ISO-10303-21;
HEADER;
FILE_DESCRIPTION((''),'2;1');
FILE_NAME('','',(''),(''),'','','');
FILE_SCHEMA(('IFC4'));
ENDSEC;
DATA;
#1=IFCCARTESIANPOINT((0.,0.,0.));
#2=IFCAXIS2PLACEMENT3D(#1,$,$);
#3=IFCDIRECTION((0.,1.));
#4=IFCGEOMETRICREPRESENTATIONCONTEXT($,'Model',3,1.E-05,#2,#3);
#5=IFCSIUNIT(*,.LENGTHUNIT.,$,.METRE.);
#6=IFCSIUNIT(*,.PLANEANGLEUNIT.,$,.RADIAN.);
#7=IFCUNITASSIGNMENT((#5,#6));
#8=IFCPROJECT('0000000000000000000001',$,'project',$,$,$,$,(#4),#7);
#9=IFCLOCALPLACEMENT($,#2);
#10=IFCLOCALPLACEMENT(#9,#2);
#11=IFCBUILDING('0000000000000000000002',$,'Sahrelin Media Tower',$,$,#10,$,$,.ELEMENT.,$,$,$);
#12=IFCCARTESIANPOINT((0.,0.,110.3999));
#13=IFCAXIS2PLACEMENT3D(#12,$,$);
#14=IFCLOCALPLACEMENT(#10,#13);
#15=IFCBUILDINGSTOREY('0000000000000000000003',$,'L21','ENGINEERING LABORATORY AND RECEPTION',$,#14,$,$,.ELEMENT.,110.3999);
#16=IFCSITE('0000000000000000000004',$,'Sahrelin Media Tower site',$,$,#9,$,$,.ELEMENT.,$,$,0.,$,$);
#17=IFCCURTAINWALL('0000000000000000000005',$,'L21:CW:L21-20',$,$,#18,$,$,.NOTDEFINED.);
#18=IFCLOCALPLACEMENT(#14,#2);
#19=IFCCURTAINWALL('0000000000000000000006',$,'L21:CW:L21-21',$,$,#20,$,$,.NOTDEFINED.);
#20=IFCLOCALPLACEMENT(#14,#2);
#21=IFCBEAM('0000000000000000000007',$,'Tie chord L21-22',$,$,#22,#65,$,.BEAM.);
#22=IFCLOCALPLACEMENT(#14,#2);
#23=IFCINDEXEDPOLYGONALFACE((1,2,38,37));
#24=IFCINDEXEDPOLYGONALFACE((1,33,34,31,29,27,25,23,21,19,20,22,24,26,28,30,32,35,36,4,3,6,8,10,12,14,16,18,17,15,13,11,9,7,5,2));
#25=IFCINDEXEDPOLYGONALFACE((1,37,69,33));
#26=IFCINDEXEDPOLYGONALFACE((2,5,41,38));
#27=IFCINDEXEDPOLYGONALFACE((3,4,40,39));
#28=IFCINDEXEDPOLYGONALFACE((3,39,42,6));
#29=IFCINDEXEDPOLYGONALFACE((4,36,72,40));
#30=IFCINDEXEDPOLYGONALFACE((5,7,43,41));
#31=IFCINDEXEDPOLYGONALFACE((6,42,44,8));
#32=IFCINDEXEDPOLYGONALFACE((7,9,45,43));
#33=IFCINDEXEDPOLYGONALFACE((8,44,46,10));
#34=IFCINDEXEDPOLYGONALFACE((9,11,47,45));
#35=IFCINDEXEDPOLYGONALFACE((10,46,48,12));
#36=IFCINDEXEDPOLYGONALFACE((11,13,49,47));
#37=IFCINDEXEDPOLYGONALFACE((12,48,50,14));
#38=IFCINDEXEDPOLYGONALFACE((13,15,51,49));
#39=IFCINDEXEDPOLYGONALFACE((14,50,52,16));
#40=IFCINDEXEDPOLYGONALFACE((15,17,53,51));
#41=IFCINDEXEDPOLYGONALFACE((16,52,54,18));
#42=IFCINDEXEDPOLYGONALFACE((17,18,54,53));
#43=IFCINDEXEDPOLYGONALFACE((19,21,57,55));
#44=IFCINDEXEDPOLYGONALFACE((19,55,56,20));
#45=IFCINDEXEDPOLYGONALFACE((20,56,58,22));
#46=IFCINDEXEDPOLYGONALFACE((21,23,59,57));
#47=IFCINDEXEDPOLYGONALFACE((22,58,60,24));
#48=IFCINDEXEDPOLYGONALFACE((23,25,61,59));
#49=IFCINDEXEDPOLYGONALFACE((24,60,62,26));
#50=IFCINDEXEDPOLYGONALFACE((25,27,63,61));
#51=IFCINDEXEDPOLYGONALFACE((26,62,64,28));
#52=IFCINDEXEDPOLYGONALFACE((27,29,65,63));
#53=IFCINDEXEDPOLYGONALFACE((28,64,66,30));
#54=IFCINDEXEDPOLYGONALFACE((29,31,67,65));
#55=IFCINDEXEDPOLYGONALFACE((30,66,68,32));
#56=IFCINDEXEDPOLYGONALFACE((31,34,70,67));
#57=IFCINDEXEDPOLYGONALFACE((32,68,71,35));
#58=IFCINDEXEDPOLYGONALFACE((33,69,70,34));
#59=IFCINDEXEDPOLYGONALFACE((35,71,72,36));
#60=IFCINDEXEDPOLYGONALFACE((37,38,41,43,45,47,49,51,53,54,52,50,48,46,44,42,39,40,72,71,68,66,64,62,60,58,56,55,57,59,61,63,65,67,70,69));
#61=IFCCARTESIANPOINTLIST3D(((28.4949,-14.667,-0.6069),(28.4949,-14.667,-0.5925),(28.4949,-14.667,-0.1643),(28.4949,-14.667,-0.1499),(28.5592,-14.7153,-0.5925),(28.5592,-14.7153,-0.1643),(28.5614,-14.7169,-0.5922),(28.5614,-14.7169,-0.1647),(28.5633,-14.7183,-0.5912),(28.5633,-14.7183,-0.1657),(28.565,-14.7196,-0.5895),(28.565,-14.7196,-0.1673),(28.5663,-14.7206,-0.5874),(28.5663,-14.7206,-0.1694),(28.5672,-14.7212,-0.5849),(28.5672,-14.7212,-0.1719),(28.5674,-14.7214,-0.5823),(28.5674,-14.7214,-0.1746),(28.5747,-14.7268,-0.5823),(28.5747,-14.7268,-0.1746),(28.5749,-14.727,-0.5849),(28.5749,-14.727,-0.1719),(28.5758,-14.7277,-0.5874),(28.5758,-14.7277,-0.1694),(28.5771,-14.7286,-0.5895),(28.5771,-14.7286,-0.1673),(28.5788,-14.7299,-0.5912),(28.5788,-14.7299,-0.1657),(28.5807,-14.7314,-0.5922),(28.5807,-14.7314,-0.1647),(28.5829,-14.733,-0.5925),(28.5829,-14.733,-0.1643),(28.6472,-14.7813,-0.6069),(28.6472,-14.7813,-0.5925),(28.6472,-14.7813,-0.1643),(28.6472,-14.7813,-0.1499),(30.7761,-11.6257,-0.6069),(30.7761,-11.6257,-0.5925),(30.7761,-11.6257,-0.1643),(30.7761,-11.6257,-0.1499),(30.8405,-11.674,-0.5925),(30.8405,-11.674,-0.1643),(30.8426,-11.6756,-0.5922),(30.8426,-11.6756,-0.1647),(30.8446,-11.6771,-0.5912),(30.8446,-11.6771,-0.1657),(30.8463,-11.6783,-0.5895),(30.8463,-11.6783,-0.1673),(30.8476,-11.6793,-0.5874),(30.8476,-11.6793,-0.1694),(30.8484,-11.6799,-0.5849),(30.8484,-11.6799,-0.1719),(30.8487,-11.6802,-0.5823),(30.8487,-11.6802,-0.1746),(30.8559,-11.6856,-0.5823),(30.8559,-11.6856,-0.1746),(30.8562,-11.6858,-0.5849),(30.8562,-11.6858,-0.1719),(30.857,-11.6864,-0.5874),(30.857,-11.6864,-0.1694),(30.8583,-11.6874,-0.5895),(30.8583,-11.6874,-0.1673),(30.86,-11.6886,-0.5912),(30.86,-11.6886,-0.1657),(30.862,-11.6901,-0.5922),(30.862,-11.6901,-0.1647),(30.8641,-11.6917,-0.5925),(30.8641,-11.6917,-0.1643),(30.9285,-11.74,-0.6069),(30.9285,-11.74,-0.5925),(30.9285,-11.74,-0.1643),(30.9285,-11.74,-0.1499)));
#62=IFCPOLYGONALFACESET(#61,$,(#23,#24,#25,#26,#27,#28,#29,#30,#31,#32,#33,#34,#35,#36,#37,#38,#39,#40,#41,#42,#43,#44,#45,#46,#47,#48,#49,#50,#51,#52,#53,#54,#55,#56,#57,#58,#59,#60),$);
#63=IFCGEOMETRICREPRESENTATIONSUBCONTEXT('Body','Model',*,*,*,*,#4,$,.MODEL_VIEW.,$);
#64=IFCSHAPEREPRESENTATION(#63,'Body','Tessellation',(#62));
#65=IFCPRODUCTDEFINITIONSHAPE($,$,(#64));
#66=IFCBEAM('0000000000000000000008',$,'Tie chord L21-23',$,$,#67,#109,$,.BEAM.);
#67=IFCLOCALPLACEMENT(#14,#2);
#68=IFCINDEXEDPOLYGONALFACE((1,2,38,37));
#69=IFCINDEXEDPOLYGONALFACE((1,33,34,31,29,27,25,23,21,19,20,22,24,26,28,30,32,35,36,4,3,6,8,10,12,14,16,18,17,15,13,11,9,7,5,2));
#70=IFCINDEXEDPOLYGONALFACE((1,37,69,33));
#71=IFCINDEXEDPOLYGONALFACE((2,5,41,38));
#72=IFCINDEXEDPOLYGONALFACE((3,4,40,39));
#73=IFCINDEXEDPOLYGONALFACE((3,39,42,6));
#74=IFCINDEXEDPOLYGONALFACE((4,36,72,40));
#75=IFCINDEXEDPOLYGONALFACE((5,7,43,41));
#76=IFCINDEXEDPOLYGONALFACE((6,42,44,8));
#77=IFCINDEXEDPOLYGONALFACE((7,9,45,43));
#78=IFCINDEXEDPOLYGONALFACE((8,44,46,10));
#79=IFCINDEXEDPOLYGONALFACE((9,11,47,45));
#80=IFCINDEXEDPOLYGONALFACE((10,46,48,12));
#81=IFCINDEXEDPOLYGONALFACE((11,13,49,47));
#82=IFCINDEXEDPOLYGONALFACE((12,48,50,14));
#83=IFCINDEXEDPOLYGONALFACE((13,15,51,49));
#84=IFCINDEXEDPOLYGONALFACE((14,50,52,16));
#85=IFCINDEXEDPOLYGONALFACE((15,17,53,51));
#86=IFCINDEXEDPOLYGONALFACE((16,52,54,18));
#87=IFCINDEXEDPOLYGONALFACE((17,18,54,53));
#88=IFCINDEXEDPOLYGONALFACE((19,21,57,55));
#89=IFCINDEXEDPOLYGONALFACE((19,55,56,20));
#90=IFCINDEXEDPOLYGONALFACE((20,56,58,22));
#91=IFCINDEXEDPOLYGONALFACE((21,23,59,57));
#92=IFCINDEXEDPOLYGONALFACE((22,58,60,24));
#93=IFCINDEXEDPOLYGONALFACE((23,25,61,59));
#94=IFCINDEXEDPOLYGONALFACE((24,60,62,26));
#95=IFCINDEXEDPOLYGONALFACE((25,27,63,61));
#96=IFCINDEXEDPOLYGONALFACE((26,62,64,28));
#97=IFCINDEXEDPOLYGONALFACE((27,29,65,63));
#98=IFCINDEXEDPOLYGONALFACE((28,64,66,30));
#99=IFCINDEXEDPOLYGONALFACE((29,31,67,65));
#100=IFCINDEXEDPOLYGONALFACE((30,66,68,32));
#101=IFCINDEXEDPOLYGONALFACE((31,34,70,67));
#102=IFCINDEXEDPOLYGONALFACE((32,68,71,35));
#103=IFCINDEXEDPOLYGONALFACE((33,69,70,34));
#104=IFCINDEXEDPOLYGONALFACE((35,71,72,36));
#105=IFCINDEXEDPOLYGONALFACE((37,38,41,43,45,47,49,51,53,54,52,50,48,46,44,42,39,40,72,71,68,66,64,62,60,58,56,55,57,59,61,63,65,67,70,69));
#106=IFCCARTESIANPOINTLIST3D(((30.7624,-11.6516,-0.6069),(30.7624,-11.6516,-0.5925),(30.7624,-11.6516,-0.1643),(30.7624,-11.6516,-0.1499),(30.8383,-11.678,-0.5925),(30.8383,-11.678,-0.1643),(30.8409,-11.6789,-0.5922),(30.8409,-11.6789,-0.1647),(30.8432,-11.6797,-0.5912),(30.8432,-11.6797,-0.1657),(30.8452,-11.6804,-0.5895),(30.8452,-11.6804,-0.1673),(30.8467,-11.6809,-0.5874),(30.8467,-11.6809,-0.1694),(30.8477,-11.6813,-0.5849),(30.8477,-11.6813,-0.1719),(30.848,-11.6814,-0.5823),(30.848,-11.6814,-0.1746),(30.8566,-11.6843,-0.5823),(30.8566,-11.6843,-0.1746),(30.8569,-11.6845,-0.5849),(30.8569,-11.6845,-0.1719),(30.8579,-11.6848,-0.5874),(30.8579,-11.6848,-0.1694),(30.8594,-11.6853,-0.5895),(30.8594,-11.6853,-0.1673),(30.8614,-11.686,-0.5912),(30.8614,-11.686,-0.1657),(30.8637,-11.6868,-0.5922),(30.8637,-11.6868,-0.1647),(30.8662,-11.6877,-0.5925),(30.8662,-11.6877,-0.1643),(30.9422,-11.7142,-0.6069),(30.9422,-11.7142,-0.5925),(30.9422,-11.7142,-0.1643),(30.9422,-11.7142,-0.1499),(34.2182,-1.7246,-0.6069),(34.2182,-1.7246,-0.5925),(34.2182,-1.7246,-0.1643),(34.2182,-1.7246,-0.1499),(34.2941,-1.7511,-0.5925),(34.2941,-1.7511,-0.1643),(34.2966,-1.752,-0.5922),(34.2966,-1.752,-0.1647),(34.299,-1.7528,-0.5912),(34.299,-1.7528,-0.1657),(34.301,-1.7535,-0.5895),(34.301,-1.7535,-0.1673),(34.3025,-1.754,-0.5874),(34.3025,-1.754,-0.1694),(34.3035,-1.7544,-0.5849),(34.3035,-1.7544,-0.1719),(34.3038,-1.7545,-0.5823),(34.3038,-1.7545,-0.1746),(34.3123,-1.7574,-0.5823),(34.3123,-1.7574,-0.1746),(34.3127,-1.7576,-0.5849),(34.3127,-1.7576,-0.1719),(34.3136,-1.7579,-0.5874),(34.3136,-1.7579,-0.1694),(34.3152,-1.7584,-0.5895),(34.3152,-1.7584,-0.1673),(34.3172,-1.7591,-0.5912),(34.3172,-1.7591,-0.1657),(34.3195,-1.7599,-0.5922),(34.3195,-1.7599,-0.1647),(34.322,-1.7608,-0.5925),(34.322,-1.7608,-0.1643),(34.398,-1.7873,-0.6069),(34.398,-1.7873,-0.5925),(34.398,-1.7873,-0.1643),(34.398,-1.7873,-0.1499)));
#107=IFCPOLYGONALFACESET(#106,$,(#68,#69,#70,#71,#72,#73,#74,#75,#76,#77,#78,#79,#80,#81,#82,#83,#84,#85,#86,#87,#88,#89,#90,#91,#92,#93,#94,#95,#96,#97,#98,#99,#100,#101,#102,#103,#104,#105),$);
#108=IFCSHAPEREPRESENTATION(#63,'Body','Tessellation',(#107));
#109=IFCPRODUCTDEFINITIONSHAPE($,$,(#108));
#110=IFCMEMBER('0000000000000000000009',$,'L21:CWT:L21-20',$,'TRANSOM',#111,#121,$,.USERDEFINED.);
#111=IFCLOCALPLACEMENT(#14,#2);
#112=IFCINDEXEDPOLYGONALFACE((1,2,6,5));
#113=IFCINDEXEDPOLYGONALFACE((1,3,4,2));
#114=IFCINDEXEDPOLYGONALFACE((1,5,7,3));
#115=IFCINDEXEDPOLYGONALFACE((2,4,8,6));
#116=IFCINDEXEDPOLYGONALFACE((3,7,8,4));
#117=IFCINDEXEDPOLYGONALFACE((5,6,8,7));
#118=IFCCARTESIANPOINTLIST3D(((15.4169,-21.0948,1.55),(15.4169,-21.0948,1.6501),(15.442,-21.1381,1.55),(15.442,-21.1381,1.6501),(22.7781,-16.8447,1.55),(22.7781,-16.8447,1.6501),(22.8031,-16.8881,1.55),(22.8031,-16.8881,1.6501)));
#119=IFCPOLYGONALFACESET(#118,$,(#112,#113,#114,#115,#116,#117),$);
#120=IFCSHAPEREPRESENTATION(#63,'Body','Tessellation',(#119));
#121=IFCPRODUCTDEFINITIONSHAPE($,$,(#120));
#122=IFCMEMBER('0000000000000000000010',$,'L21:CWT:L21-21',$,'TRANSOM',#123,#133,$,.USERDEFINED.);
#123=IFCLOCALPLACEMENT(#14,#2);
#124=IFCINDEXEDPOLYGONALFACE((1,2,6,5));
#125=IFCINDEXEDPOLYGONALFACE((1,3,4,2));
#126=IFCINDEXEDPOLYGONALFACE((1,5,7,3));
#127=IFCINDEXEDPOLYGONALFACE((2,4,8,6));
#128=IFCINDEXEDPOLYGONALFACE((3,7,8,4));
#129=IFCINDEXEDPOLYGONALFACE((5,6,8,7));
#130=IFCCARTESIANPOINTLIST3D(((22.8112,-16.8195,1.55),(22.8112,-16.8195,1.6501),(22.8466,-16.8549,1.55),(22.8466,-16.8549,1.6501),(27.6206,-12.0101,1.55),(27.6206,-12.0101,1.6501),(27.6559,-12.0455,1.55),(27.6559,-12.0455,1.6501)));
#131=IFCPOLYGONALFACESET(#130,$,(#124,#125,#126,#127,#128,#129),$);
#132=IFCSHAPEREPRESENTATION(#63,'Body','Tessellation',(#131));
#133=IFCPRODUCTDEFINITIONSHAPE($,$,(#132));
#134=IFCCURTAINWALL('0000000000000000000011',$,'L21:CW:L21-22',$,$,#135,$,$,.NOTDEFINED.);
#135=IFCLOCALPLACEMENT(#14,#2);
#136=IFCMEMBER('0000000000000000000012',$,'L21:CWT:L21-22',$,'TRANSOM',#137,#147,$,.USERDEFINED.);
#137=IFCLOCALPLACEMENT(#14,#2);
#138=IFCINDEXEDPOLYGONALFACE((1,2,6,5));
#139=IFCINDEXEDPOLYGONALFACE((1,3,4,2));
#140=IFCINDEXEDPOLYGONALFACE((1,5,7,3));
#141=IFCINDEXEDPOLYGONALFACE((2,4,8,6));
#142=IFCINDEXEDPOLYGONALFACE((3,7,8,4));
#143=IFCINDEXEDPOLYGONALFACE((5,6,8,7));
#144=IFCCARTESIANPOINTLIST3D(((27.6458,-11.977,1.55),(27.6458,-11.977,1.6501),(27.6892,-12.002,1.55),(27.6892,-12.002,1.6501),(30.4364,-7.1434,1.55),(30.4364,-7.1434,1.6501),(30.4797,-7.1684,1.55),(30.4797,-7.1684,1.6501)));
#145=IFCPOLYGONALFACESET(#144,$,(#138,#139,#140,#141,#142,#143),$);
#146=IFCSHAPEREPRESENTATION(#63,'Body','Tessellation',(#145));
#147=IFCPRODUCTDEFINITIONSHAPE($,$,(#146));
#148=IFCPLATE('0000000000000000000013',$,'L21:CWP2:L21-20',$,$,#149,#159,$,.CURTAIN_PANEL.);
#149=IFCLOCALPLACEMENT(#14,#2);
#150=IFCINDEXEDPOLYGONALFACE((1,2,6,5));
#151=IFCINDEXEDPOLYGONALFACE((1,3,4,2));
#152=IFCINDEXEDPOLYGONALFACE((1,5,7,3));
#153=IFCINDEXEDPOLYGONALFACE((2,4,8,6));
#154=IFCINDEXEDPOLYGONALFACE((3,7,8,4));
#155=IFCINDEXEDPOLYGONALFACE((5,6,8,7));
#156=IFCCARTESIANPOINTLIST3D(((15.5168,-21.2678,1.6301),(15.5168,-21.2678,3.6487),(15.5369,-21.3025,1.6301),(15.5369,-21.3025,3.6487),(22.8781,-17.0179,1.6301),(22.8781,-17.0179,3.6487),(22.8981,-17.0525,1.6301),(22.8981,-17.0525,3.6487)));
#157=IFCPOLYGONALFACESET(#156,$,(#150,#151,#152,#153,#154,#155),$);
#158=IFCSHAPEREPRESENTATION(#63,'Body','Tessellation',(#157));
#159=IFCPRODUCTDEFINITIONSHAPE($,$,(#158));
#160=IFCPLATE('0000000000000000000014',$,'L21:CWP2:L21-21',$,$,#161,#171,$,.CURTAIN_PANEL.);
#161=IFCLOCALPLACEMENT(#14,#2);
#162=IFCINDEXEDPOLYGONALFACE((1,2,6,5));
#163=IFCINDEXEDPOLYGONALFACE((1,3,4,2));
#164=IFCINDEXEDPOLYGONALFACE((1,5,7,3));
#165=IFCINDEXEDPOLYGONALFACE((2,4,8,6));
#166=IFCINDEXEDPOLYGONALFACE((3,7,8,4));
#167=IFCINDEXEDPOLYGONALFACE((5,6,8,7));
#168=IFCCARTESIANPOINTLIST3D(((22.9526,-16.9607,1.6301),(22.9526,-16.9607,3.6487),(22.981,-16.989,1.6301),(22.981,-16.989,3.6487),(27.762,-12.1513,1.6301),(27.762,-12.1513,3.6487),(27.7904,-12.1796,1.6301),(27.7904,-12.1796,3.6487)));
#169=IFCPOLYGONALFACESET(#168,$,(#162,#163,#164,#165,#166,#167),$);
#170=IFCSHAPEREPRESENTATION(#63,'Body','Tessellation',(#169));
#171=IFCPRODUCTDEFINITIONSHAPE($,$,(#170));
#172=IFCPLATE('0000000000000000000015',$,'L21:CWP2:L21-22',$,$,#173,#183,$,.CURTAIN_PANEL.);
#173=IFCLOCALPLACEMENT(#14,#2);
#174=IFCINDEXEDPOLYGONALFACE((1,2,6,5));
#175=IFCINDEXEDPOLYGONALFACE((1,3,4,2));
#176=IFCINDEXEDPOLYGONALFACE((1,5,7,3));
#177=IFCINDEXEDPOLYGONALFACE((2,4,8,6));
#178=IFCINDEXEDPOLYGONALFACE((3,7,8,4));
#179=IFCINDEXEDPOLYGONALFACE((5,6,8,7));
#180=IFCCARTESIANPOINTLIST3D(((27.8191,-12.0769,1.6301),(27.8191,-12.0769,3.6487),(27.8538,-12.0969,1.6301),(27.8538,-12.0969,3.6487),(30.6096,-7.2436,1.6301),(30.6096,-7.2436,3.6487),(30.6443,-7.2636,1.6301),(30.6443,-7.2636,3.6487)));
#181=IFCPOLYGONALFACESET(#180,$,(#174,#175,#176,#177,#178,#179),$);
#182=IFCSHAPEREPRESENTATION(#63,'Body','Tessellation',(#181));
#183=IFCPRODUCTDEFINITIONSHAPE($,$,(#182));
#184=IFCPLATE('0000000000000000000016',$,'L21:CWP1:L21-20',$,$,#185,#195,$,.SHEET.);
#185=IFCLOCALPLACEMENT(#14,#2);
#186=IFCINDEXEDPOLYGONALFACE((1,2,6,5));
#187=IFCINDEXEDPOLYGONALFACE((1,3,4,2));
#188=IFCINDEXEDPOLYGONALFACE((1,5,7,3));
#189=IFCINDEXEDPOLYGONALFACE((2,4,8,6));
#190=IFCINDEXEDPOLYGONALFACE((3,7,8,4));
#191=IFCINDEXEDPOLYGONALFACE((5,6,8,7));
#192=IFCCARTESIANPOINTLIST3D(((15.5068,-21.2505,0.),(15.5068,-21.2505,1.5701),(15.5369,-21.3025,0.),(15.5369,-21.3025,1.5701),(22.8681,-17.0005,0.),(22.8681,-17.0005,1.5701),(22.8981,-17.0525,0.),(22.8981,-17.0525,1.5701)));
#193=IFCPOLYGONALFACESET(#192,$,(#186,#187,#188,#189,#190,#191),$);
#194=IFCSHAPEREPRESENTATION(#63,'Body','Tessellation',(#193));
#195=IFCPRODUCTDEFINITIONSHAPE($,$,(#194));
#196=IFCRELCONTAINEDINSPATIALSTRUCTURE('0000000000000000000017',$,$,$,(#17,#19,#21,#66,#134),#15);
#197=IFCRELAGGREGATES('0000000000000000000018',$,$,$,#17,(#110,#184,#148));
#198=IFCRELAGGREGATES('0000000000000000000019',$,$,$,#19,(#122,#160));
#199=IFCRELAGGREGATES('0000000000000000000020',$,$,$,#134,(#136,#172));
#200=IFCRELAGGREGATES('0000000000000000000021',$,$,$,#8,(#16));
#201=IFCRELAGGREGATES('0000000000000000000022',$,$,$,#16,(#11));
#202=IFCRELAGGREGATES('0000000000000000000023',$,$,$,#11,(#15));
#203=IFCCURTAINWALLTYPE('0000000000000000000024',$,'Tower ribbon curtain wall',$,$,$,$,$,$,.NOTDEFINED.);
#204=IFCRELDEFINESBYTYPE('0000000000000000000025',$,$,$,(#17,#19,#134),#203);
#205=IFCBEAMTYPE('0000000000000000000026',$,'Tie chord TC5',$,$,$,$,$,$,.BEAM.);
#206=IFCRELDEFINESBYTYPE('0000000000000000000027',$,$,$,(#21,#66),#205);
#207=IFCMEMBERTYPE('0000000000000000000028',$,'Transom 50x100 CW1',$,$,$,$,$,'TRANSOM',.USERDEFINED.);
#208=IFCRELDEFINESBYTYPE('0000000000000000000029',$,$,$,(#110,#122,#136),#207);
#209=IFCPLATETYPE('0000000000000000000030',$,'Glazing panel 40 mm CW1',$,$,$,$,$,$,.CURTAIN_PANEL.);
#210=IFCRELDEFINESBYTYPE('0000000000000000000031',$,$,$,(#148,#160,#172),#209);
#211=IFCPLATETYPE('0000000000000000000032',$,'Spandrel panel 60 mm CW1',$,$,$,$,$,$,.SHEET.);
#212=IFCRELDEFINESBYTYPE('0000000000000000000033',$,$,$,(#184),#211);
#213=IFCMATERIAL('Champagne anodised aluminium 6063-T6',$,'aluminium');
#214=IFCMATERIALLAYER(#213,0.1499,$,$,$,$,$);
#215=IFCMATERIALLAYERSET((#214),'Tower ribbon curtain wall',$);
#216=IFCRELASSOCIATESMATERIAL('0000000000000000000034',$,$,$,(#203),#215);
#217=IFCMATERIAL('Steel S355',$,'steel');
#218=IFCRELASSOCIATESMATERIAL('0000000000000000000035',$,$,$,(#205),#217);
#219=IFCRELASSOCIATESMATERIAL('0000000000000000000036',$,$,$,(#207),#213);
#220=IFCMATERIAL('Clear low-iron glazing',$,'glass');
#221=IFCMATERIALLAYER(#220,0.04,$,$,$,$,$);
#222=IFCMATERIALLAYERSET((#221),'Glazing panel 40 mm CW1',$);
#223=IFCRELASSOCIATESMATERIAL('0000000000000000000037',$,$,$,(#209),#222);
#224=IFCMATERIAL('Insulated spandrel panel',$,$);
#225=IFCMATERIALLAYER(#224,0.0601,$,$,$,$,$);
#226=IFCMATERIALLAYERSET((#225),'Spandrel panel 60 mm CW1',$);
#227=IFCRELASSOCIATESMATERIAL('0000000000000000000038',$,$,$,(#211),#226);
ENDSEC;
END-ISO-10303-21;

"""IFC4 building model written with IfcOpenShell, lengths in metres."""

from ifc_helpers import new_model, si_unit, direction, frame, origin, origin_2d, place, context, subcontext, project, spatial, polyline, rectangle, i_section, outline, extrude, material, layer, layer_set, material_profile, profile_set, type_object, element, aggregate, save


model = new_model("IFC4")

# Units and contexts
model_context = context("Model", 3, precision=1e-05, world=origin(), true_north=direction((0.0, 1.0)))
body_context = subcontext(model_context, "Body", "Model", "MODEL_VIEW")
ifc_project = project(units=[si_unit("LENGTHUNIT", "METRE"), si_unit("PLANEANGLEUNIT", "RADIAN")], contexts=[model_context])

# Site, building, storey
site_placement = place(None, origin())
site = spatial("IfcSite", under=ifc_project, at=site_placement, Name="Sahrelin Media Tower site", CompositionType="ELEMENT", RefElevation=0.0)
building_placement = place(site_placement, origin())
building = spatial("IfcBuilding", under=site, at=building_placement, Name="Sahrelin Media Tower", CompositionType="ELEMENT")
storey_placement = place(building_placement, frame((0.0, 0.0, 110.3999)))
storey = spatial("IfcBuildingStorey", under=building, at=storey_placement, Name="L21", Description="ENGINEERING LABORATORY AND RECEPTION", CompositionType="ELEMENT", Elevation=110.3999)

# Shared definitions
ifc_material_1 = material(Name="Steel S355", Category="steel")

# Curtain walls
ifc_material_2 = material(Name="Champagne anodised aluminium 6063-T6", Category="aluminium")
ifc_layer_1 = layer(ifc_material_2, 0.1499)
ifc_layer_set_1 = layer_set([ifc_layer_1], Name="Tower ribbon curtain wall")
curtain_wall_type = type_object("IfcCurtainWallType", Name="Tower ribbon curtain wall", PredefinedType="NOTDEFINED", material=ifc_layer_set_1)
curtain_wall_1_placement = place(storey_placement, frame((19.2075, -19.1604, 0.0), z_axis=(0.0, 0.0, 1.0), x_axis=(1.0, 0.0, 0.0)))
curtain_wall_1 = element("IfcCurtainWall", 1, at=curtain_wall_1_placement, inside=storey, type_object=curtain_wall_type, Name="L21:CW:L21-20", PredefinedType="NOTDEFINED")
curtain_wall_2_placement = place(storey_placement, frame((25.3713, -14.5703, 0.0), z_axis=(0.0, 0.0, 1.0), x_axis=(1.0, 0.0, 0.0)))
curtain_wall_2 = element("IfcCurtainWall", 2, at=curtain_wall_2_placement, inside=storey, type_object=curtain_wall_type, Name="L21:CW:L21-21", PredefinedType="NOTDEFINED")

# Beams
ifc_material_profile_1 = material_profile(ifc_material_1, i_section(OverallWidth=0.1904, OverallDepth=0.457, WebThickness=0.009, FlangeThickness=0.0144, FilletRadius=0.0103, at=origin_2d()), Name="UB 457x191x74")
ifc_profile_set_1 = profile_set([ifc_material_profile_1], Name="Steel S355")
beam_type_1 = type_object("IfcBeamType", Name="Tie chord TC5", PredefinedType="BEAM", material=ifc_profile_set_1)
beam_1_placement = place(storey_placement, frame((28.571, -14.7241, -0.3784), z_axis=(0.600051, 0.799961, 0.0), x_axis=(-0.799961, 0.600051, 0.0)))
element("IfcBeam", 3, at=beam_1_placement, inside=storey, type_object=beam_type_1, Name="Tie chord L21-22", PredefinedType="BEAM", context=body_context, shape_type="SweptSolid", body=[
    extrude(i_section(OverallWidth=0.1904, OverallDepth=0.457, WebThickness=0.009, FlangeThickness=0.0144, FilletRadius=0.0103, at=origin_2d()), origin(), (0.0, 0.0, 1.0), 3.8018),
])
beam_2_placement = place(storey_placement, frame((30.8523, -11.6829, -0.3784), z_axis=(0.32877, 0.94441, 0.0), x_axis=(-0.94441, 0.32877, 0.0)))
element("IfcBeam", 4, at=beam_2_placement, inside=storey, type_object=beam_type_1, Name="Tie chord L21-23", PredefinedType="BEAM", context=body_context, shape_type="SweptSolid", body=[
    extrude(i_section(OverallWidth=0.1904, OverallDepth=0.457, WebThickness=0.009, FlangeThickness=0.0144, FilletRadius=0.0103, at=origin_2d()), origin(), (0.0, 0.0, 1.0), 10.5112),
])

# Members
ifc_material_profile_2 = material_profile(ifc_material_2, rectangle(XDim=0.05, YDim=0.1001, at=origin_2d()), Name="Transom 50x100")
ifc_profile_set_2 = profile_set([ifc_material_profile_2], Name="Champagne anodised aluminium 6063-T6")
member_type_1 = type_object("IfcMemberType", Name="Transom 50x100 CW1", ElementType="TRANSOM", PredefinedType="USERDEFINED", material=ifc_profile_set_2)
member_1_placement = place(storey_placement, frame((15.4294, -21.1165, 1.6001), z_axis=(0.866022, 0.500007, 0.0), x_axis=(-0.500007, 0.866022, 0.0)))
member_1 = element("IfcMember", 5, at=member_1_placement, type_object=member_type_1, Name="L21:CWT:L21-20", ObjectType="TRANSOM", PredefinedType="USERDEFINED", context=body_context, shape_type="SweptSolid", body=[
    extrude(rectangle(XDim=0.05, YDim=0.1001, at=origin_2d()), origin(), (0.0, 0.0, 1.0), 8.5),
])
member_2_placement = place(storey_placement, frame((22.8289, -16.8372, 1.6001), z_axis=(0.707107, 0.707107, 0.0), x_axis=(-0.707107, 0.707107, 0.0)))
member_2 = element("IfcMember", 6, at=member_2_placement, type_object=member_type_1, Name="L21:CWT:L21-21", ObjectType="TRANSOM", PredefinedType="USERDEFINED", context=body_context, shape_type="SweptSolid", body=[
    extrude(rectangle(XDim=0.05, YDim=0.1001, at=origin_2d()), origin(), (0.0, 0.0, 1.0), 6.8015),
])

# Curtain wall, member
curtain_wall_3_placement = place(storey_placement, frame((29.2317, -9.6704, 0.0), z_axis=(0.0, 0.0, 1.0), x_axis=(1.0, 0.0, 0.0)))
curtain_wall_3 = element("IfcCurtainWall", 7, at=curtain_wall_3_placement, inside=storey, type_object=curtain_wall_type, Name="L21:CW:L21-22", PredefinedType="NOTDEFINED")
member_3_placement = place(storey_placement, frame((27.6675, -11.9895, 1.6001), z_axis=(0.499988, 0.866033, 0.0), x_axis=(-0.866033, 0.499988, 0.0)))
member_3 = element("IfcMember", 8, at=member_3_placement, type_object=member_type_1, Name="L21:CWT:L21-22", ObjectType="TRANSOM", PredefinedType="USERDEFINED", context=body_context, shape_type="SweptSolid", body=[
    extrude(rectangle(XDim=0.05, YDim=0.1001, at=origin_2d()), origin(), (0.0, 0.0, 1.0), 5.5813),
])

# Plates
ifc_material_3 = material(Name="Clear low-iron glazing", Category="glass")
ifc_layer_2 = layer(ifc_material_3, 0.04)
ifc_layer_set_2 = layer_set([ifc_layer_2], Name="Glazing panel 40 mm CW1")
plate_type_1 = type_object("IfcPlateType", Name="Glazing panel 40 mm CW1", PredefinedType="CURTAIN_PANEL", material=ifc_layer_set_2)
plate_1_placement = place(storey_placement, frame((15.5369, -21.3025, 1.6301), z_axis=(0.499994, -0.866029, 0.0), x_axis=(0.866029, 0.499994, 0.0)))
plate_1 = element("IfcPlate", 9, at=plate_1_placement, type_object=plate_type_1, Name="L21:CWP2:L21-20", PredefinedType="CURTAIN_PANEL", context=body_context, shape_type="SweptSolid", body=[
    extrude(outline(polyline([(0.0, 0.0), (8.5, 0.0), (8.5, 2.0186), (0.0, 2.0186), (0.0, 0.0)])), origin(), (0.0, 0.0, -1.0), 0.04),
])
plate_2_placement = place(storey_placement, frame((22.981, -16.989, 1.6301), z_axis=(0.707107, -0.707107, 0.0), x_axis=(0.707107, 0.707107, 0.0)))
plate_2 = element("IfcPlate", 10, at=plate_2_placement, type_object=plate_type_1, Name="L21:CWP2:L21-21", PredefinedType="CURTAIN_PANEL", context=body_context, shape_type="SweptSolid", body=[
    extrude(outline(polyline([(0.0, 0.0), (6.8015, 0.0), (6.8015, 2.0186), (0.0, 2.0186), (0.0, 0.0)])), origin(), (0.0, 0.0, -1.0), 0.04),
])
plate_3_placement = place(storey_placement, frame((27.8538, -12.0969, 1.6301), z_axis=(0.866022, -0.500006, 0.0), x_axis=(0.500006, 0.866022, 0.0)))
plate_3 = element("IfcPlate", 11, at=plate_3_placement, type_object=plate_type_1, Name="L21:CWP2:L21-22", PredefinedType="CURTAIN_PANEL", context=body_context, shape_type="SweptSolid", body=[
    extrude(outline(polyline([(0.0, 0.0), (5.5811, 0.0), (5.5811, 2.0186), (0.0, 2.0186), (0.0, 0.0)])), origin(), (0.0, 0.0, -1.0), 0.04),
])
ifc_material_4 = material(Name="Insulated spandrel panel")
ifc_layer_3 = layer(ifc_material_4, 0.0601)
ifc_layer_set_3 = layer_set([ifc_layer_3], Name="Spandrel panel 60 mm CW1")
plate_type_2 = type_object("IfcPlateType", Name="Spandrel panel 60 mm CW1", PredefinedType="SHEET", material=ifc_layer_set_3)
plate_4_placement = place(storey_placement, frame((15.5369, -21.3025, 0.0), z_axis=(0.499994, -0.866029, 0.0), x_axis=(0.866029, 0.499994, 0.0)))
plate_4 = element("IfcPlate", 12, at=plate_4_placement, type_object=plate_type_2, Name="L21:CWP1:L21-20", PredefinedType="SHEET", context=body_context, shape_type="SweptSolid", body=[
    extrude(outline(polyline([(0.0, 0.0), (8.5, 0.0), (8.5, 1.5701), (0.0, 1.5701), (0.0, 0.0)])), origin(), (0.0, 0.0, -1.0), 0.0601),
])
aggregate(curtain_wall_1, [member_1, plate_4, plate_1])
aggregate(curtain_wall_2, [member_2, plate_2])
aggregate(curtain_wall_3, [member_3, plate_3])

save(model, "model.ifc")
